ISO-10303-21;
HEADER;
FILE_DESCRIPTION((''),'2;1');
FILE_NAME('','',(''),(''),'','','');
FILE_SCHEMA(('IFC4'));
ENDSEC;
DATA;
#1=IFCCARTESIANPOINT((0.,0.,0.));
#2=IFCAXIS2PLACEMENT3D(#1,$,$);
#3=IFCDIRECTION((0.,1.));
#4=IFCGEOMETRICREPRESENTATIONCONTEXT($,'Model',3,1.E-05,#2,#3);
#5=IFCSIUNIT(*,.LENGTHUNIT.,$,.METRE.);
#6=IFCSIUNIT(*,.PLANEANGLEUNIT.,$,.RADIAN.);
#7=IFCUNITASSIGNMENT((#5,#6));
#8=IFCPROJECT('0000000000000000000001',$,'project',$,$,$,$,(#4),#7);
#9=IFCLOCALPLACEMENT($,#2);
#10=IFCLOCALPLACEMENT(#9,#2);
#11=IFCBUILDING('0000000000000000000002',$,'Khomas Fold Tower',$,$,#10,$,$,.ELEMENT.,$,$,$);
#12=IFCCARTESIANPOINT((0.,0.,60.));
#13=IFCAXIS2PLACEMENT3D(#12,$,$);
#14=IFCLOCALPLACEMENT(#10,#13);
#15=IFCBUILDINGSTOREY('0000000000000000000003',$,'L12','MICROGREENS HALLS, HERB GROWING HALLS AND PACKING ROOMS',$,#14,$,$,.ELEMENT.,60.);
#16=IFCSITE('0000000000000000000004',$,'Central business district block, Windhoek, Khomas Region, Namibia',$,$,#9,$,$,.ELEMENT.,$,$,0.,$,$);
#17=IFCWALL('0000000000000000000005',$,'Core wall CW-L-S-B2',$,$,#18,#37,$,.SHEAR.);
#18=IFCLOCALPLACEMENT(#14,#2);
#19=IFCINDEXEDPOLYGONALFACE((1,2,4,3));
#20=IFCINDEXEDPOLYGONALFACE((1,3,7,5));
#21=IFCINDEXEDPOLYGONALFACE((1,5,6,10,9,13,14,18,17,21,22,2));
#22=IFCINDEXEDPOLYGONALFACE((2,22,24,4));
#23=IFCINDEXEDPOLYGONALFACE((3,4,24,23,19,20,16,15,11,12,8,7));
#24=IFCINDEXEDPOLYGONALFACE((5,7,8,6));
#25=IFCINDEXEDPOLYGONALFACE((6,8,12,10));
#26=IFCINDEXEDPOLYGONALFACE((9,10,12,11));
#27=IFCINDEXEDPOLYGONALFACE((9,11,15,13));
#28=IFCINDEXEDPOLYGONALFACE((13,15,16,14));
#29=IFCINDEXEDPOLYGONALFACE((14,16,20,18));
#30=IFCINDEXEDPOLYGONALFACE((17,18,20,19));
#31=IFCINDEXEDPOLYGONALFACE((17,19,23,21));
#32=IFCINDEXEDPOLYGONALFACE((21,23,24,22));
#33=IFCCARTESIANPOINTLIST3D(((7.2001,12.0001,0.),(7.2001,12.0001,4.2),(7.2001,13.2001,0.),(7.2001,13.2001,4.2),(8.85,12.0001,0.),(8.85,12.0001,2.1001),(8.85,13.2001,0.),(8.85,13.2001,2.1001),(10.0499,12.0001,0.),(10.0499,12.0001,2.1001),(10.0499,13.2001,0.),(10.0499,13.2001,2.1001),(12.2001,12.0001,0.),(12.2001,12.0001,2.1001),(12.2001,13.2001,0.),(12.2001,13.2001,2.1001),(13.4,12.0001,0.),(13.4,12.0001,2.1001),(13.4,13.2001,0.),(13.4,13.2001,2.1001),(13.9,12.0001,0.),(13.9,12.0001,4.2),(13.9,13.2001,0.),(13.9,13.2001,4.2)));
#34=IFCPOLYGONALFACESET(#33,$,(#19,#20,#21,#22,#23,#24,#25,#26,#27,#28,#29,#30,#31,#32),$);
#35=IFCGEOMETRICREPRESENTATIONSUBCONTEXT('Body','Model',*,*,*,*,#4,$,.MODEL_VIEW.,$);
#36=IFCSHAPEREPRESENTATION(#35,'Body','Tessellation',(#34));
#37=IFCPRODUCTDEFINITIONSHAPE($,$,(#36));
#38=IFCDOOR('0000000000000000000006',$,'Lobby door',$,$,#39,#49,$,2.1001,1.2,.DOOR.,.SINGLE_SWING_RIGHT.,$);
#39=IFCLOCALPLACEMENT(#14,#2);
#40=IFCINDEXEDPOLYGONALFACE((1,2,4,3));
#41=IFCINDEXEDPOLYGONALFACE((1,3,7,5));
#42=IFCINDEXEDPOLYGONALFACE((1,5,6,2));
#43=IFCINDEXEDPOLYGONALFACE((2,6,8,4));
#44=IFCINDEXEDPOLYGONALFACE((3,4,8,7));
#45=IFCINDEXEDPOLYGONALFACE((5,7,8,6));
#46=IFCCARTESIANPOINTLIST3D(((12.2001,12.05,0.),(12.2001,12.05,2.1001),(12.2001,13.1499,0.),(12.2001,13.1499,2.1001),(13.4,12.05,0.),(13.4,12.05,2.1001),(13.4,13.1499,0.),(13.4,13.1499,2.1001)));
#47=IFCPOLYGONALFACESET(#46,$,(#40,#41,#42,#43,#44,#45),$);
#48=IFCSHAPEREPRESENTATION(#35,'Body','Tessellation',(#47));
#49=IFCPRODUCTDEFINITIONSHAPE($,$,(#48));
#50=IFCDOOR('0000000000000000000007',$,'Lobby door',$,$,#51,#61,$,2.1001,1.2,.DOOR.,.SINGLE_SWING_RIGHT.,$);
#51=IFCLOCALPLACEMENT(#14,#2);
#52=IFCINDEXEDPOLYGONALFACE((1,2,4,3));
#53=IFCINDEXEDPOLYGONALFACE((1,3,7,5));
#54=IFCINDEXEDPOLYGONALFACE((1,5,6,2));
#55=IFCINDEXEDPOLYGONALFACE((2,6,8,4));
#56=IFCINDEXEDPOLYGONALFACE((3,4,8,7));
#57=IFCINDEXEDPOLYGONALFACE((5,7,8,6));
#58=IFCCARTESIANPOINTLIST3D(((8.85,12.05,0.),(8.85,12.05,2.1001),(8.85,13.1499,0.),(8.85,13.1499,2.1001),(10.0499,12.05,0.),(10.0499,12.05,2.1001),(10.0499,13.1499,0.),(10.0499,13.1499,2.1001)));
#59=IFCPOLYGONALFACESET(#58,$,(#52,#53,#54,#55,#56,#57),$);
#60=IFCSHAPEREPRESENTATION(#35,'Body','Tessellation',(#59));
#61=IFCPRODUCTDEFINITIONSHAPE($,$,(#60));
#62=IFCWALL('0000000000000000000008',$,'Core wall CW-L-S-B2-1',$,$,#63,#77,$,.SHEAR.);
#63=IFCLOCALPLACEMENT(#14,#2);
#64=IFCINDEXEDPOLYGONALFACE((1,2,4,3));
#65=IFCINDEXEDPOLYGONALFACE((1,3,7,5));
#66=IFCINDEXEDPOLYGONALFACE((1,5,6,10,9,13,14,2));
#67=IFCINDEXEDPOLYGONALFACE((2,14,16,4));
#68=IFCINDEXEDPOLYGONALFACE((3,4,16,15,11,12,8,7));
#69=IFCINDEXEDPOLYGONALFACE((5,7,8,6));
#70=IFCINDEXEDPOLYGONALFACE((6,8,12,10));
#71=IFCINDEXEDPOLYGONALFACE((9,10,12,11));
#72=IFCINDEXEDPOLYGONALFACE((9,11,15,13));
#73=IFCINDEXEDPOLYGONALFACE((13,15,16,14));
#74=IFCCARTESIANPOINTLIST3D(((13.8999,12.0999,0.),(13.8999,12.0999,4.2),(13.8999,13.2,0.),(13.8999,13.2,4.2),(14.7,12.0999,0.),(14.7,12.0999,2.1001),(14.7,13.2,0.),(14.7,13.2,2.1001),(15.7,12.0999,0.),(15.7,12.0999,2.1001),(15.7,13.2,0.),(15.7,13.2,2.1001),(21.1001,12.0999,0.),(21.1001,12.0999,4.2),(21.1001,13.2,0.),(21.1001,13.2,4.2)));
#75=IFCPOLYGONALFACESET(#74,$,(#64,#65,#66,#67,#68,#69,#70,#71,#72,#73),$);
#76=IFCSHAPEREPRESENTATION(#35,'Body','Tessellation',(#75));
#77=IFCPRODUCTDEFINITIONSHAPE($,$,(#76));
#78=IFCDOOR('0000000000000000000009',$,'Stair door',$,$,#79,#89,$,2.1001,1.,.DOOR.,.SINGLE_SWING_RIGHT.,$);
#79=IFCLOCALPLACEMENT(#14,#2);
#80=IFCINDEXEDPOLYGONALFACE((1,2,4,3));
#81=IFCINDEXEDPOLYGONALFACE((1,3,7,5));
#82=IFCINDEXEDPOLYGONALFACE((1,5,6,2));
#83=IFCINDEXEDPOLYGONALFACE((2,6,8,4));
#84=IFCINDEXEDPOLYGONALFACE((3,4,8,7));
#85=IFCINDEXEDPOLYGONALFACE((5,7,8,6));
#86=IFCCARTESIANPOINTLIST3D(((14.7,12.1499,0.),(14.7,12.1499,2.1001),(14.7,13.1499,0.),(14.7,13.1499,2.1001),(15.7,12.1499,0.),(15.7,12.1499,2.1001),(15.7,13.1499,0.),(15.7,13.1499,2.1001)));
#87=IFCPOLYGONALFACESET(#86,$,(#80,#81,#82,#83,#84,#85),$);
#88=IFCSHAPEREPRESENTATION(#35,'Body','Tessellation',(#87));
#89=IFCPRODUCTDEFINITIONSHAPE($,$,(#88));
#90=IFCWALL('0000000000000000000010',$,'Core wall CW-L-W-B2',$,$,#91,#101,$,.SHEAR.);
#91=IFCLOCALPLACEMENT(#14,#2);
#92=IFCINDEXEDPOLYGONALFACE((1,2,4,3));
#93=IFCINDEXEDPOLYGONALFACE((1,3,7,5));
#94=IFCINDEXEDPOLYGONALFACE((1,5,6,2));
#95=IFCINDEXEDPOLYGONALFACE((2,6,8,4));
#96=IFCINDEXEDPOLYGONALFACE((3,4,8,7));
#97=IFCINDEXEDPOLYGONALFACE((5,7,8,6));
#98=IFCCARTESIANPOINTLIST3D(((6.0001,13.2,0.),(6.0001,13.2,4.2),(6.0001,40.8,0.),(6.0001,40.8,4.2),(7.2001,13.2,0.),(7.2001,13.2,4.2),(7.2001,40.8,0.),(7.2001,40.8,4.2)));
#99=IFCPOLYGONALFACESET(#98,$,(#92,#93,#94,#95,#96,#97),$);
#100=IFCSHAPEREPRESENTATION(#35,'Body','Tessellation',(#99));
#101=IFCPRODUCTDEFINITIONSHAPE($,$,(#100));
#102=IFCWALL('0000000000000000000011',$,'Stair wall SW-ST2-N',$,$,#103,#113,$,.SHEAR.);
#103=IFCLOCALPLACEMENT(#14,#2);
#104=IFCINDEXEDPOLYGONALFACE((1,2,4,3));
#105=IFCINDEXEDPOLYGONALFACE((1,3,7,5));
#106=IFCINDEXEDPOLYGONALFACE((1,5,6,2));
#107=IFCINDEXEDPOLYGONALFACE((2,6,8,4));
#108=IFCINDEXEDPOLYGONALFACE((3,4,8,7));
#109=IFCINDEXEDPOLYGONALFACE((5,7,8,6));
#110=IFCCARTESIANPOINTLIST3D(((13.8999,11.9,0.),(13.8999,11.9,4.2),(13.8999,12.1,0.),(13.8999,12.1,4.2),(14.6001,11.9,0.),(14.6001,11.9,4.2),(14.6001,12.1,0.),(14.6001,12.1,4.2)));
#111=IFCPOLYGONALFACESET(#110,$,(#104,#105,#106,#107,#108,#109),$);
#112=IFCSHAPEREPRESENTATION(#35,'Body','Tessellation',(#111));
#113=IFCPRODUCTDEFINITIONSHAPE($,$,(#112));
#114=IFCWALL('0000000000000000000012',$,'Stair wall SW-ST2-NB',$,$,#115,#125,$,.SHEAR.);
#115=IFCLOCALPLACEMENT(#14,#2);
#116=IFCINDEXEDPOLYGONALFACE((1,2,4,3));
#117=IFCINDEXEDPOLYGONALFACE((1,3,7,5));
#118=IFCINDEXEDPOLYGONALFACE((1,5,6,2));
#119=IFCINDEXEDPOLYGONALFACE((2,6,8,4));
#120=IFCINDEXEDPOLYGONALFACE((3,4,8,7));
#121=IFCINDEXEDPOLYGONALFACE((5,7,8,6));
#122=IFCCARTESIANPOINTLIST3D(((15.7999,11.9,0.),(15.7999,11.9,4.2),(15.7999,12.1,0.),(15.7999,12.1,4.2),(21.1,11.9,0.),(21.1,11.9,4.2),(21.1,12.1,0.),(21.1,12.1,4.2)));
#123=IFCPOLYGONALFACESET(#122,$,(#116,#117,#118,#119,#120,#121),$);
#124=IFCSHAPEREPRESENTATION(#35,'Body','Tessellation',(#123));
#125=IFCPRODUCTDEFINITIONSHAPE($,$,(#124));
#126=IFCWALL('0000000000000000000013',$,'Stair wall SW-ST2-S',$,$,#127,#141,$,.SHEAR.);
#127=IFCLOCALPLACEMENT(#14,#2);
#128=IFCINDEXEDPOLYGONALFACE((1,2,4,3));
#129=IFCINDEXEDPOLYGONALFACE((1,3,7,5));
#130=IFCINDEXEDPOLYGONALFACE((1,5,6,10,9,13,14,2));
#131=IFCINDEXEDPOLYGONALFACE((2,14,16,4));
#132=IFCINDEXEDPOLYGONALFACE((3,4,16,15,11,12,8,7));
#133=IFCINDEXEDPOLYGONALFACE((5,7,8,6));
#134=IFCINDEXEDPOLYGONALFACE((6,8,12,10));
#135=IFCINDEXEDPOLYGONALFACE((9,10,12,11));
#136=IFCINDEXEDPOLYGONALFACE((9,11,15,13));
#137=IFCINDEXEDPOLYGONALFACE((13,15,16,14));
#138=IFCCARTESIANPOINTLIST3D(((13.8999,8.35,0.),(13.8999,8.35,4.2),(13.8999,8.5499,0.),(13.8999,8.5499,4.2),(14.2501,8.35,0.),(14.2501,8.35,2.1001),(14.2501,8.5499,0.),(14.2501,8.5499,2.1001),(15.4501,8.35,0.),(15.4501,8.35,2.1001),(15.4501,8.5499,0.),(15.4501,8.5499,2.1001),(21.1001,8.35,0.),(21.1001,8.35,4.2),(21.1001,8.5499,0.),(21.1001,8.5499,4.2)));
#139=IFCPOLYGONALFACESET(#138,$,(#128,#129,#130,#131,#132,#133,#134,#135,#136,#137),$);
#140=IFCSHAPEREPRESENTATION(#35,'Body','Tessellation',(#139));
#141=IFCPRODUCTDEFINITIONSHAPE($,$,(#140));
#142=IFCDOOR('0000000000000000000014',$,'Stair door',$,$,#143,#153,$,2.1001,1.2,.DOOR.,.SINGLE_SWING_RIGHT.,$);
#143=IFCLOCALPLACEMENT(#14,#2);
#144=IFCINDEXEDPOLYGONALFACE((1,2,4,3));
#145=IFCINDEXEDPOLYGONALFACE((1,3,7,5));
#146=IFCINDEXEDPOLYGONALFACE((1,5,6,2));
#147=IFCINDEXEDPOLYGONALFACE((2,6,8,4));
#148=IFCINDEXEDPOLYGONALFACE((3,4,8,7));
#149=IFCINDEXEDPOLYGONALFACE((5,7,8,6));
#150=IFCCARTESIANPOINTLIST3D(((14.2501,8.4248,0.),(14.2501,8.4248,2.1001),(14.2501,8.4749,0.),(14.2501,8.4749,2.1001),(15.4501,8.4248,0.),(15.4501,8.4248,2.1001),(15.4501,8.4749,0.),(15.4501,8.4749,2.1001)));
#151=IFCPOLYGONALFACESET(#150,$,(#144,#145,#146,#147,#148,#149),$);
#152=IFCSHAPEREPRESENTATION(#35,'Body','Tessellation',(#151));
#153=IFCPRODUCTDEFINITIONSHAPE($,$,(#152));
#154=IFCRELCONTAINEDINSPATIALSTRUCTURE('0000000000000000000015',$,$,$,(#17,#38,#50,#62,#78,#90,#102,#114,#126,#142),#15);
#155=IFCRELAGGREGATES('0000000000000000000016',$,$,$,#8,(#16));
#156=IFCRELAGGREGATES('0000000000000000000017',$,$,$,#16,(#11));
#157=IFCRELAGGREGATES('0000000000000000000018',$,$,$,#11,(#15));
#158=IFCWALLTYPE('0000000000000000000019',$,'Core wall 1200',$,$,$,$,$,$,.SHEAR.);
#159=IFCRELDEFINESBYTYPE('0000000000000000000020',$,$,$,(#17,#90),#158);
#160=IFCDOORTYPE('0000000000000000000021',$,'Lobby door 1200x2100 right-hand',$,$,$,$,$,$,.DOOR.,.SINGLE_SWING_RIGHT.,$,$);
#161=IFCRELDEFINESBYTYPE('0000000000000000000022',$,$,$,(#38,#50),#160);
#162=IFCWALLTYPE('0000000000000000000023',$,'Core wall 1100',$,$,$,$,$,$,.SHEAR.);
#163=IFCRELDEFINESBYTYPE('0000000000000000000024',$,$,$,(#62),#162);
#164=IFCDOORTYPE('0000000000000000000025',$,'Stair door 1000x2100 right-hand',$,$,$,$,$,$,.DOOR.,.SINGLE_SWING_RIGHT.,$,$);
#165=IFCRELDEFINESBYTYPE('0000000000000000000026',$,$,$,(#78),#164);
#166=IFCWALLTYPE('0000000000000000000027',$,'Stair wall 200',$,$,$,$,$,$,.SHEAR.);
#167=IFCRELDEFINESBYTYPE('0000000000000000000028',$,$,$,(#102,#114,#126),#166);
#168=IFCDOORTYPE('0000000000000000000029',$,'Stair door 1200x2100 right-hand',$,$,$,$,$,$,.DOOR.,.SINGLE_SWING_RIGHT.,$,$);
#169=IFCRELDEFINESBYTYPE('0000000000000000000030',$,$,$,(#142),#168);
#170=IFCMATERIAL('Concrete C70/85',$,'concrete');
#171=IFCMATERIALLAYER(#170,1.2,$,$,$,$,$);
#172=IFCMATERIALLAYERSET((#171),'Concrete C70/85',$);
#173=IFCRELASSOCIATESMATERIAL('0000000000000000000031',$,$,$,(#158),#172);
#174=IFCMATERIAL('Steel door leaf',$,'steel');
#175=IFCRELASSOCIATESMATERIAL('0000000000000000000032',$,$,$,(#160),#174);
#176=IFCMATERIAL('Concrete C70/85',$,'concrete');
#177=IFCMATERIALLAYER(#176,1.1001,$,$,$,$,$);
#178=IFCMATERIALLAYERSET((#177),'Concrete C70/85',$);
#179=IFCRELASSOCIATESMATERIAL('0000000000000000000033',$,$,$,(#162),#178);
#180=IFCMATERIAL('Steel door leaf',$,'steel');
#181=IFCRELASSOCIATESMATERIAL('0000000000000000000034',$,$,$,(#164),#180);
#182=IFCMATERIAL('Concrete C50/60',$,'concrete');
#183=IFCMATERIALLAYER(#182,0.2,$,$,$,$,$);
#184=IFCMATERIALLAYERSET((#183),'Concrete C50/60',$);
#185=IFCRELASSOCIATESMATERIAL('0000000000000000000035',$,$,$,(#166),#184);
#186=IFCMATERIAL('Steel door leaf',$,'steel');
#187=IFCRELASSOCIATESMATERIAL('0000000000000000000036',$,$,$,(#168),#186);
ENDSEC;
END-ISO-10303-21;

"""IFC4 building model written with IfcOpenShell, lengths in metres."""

from ifc_helpers import new_model, si_unit, direction, frame, frame_2d, origin, place, context, subcontext, project, spatial, rectangle, extrude, source, transform, mapped, material, layer, layer_set, type_object, element, fill, save


model = new_model("IFC4")

# Units and contexts
model_context = context("Model", 3, precision=1e-05, world=origin(), true_north=direction((0.0, 1.0)))
body_context = subcontext(model_context, "Body", "Model", "MODEL_VIEW")
ifc_project = project(units=[si_unit("LENGTHUNIT", "METRE"), si_unit("PLANEANGLEUNIT", "RADIAN")], contexts=[model_context])

# Site, building, storey
site_placement = place(None, origin())
site = spatial("IfcSite", under=ifc_project, at=site_placement, Name="Central business district block, Windhoek, Khomas Region, Namibia", CompositionType="ELEMENT", RefElevation=0.0)
building_placement = place(site_placement, origin())
building = spatial("IfcBuilding", under=site, at=building_placement, Name="Khomas Fold Tower", CompositionType="ELEMENT")
storey_placement = place(building_placement, frame((0.0, 0.0, 60.0)))
storey = spatial("IfcBuildingStorey", under=building, at=storey_placement, Name="L12", Description="MICROGREENS HALLS, HERB GROWING HALLS AND PACKING ROOMS", CompositionType="ELEMENT", Elevation=60.0)

# Wall, openings, doors
ifc_material_1 = material(Name="Concrete C70/85", Category="concrete")
ifc_layer_1 = layer(ifc_material_1, 1.2)
ifc_layer_set_1 = layer_set([ifc_layer_1], Name="Concrete C70/85")
wall_type_1 = type_object("IfcWallType", Name="Core wall 1200", PredefinedType="SHEAR", material=ifc_layer_set_1)
shared_shape_1 = source(origin(), body_context, "Body", "SweptSolid", [
    extrude(rectangle(XDim=6.7, YDim=1.2, at=frame_2d((3.3501, 0.0))), origin(), (0.0, 0.0, 1.0), 4.2),
])
wall_1_placement = place(storey_placement, frame((7.2, 12.6001, 0.0), z_axis=(0.0, 0.0, 1.0), x_axis=(1.0, 0.0, 0.0)))
wall_1 = element("IfcWall", 1, at=wall_1_placement, inside=storey, type_object=wall_type_1, Name="Core wall CW-L-S-B2", PredefinedType="SHEAR", context=body_context, shape_type="MappedRepresentation", body=[
    mapped(shared_shape_1, transform((0.0, 0.0, 0.0))),
])
shared_shape_2 = source(origin(), body_context, "Body", "SweptSolid", [
    extrude(rectangle(XDim=1.2, YDim=2.1001, at=frame_2d((0.6001, 1.05))), frame((0.0, 0.6099, 0.0), z_axis=(0.0, -1.0, 0.0), x_axis=(1.0, 0.0, 0.0)), (0.0, 0.0, 1.0), 1.22),
])
opening_1_placement = place(wall_1_placement, frame((5.0, 0.0, 0.0)))
opening_1 = element("IfcOpeningElement", 2, at=opening_1_placement, cuts=wall_1, PredefinedType="OPENING", context=body_context, shape_type="MappedRepresentation", body=[
    mapped(shared_shape_2, transform((0.0, 0.0, 0.0))),
])
opening_2_placement = place(wall_1_placement, frame((1.6499, 0.0, 0.0)))
opening_2 = element("IfcOpeningElement", 3, at=opening_2_placement, cuts=wall_1, PredefinedType="OPENING", context=body_context, shape_type="MappedRepresentation", body=[
    mapped(shared_shape_2, transform((0.0, 0.0, 0.0))),
])
ifc_material_2 = material(Name="Steel door leaf", Category="steel")
door_type_1 = type_object("IfcDoorType", Name="Lobby door 1200x2100 right-hand", OperationType="SINGLE_SWING_RIGHT", PredefinedType="DOOR", material=ifc_material_2)
shared_shape_3 = source(origin(), body_context, "Body", "SweptSolid", [
    extrude(rectangle(XDim=1.2, YDim=2.1001, at=frame_2d((0.6001, 1.05))), frame((0.0, 0.5498, 0.0), z_axis=(0.0, -1.0, 0.0), x_axis=(1.0, 0.0, 0.0)), (0.0, 0.0, 1.0), 1.0999),
])
door_1_placement = place(opening_1_placement, origin())
door_1 = element("IfcDoor", 4, at=door_1_placement, inside=storey, type_object=door_type_1, Name="Lobby door", OperationType="SINGLE_SWING_RIGHT", OverallHeight=2.1001, OverallWidth=1.2, PredefinedType="DOOR", context=body_context, shape_type="MappedRepresentation", body=[
    mapped(shared_shape_3, transform((0.0, 0.0, 0.0))),
])
fill(opening_1, door_1)
door_2_placement = place(opening_2_placement, origin())
door_2 = element("IfcDoor", 5, at=door_2_placement, inside=storey, type_object=door_type_1, Name="Lobby door", OperationType="SINGLE_SWING_RIGHT", OverallHeight=2.1001, OverallWidth=1.2, PredefinedType="DOOR", context=body_context, shape_type="MappedRepresentation", body=[
    mapped(shared_shape_3, transform((0.0, 0.0, 0.0))),
])
fill(opening_2, door_2)

# Wall, opening, door
ifc_material_3 = material(Name="Concrete C70/85", Category="concrete")
ifc_layer_2 = layer(ifc_material_3, 1.1001)
ifc_layer_set_2 = layer_set([ifc_layer_2], Name="Concrete C70/85")
wall_type_2 = type_object("IfcWallType", Name="Core wall 1100", PredefinedType="SHEAR", material=ifc_layer_set_2)
shared_shape_4 = source(origin(), body_context, "Body", "SweptSolid", [
    extrude(rectangle(XDim=7.2002, YDim=1.1001, at=frame_2d((3.6001, 0.0))), origin(), (0.0, 0.0, 1.0), 4.2),
])
wall_2_placement = place(storey_placement, frame((13.8999, 12.6499, 0.0), z_axis=(0.0, 0.0, 1.0), x_axis=(1.0, 0.0, 0.0)))
wall_2 = element("IfcWall", 6, at=wall_2_placement, inside=storey, type_object=wall_type_2, Name="Core wall CW-L-S-B2-1", PredefinedType="SHEAR", context=body_context, shape_type="MappedRepresentation", body=[
    mapped(shared_shape_4, transform((0.0, 0.0, 0.0))),
])
shared_shape_5 = source(origin(), body_context, "Body", "SweptSolid", [
    extrude(rectangle(XDim=1.0, YDim=2.1001, at=frame_2d((0.5, 1.05))), frame((0.0, 0.5601, 0.0), z_axis=(0.0, -1.0, 0.0), x_axis=(1.0, 0.0, 0.0)), (0.0, 0.0, 1.0), 1.1201),
])
opening_3_placement = place(wall_2_placement, frame((0.8, 0.0, 0.0)))
opening_3 = element("IfcOpeningElement", 7, at=opening_3_placement, cuts=wall_2, PredefinedType="OPENING", context=body_context, shape_type="MappedRepresentation", body=[
    mapped(shared_shape_5, transform((0.0, 0.0, 0.0))),
])
ifc_material_4 = material(Name="Steel door leaf", Category="steel")
door_type_2 = type_object("IfcDoorType", Name="Stair door 1000x2100 right-hand", OperationType="SINGLE_SWING_RIGHT", PredefinedType="DOOR", material=ifc_material_4)
shared_shape_6 = source(origin(), body_context, "Body", "SweptSolid", [
    extrude(rectangle(XDim=1.0, YDim=2.1001, at=frame_2d((0.5, 1.05))), frame((0.0, 0.5, 0.0), z_axis=(0.0, -1.0, 0.0), x_axis=(1.0, 0.0, 0.0)), (0.0, 0.0, 1.0), 1.0),
])
door_3_placement = place(opening_3_placement, origin())
door_3 = element("IfcDoor", 8, at=door_3_placement, inside=storey, type_object=door_type_2, Name="Stair door", OperationType="SINGLE_SWING_RIGHT", OverallHeight=2.1001, OverallWidth=1.0, PredefinedType="DOOR", context=body_context, shape_type="MappedRepresentation", body=[
    mapped(shared_shape_6, transform((0.0, 0.0, 0.0))),
])
fill(opening_3, door_3)

# Walls
shared_shape_7 = source(origin(), body_context, "Body", "SweptSolid", [
    extrude(rectangle(XDim=27.6001, YDim=1.2, at=frame_2d((13.8, 0.0))), origin(), (0.0, 0.0, 1.0), 4.2),
])
wall_3_placement = place(storey_placement, frame((6.6001, 13.2, 0.0), z_axis=(0.0, 0.0, 1.0), x_axis=(0.0, 1.0, 0.0)))
element("IfcWall", 9, at=wall_3_placement, inside=storey, type_object=wall_type_1, Name="Core wall CW-L-W-B2", PredefinedType="SHEAR", context=body_context, shape_type="MappedRepresentation", body=[
    mapped(shared_shape_7, transform((0.0, 0.0, 0.0))),
])
ifc_material_5 = material(Name="Concrete C50/60", Category="concrete")
ifc_layer_3 = layer(ifc_material_5, 0.2)
ifc_layer_set_3 = layer_set([ifc_layer_3], Name="Concrete C50/60")
wall_type_3 = type_object("IfcWallType", Name="Stair wall 200", PredefinedType="SHEAR", material=ifc_layer_set_3)
shared_shape_8 = source(origin(), body_context, "Body", "SweptSolid", [
    extrude(rectangle(XDim=0.7002, YDim=0.2, at=frame_2d((0.3501, 0.0))), origin(), (0.0, 0.0, 1.0), 4.2),
])
wall_4_placement = place(storey_placement, frame((13.8999, 12.0, 0.0), z_axis=(0.0, 0.0, 1.0), x_axis=(1.0, 0.0, 0.0)))
element("IfcWall", 10, at=wall_4_placement, inside=storey, type_object=wall_type_3, Name="Stair wall SW-ST2-N", PredefinedType="SHEAR", context=body_context, shape_type="MappedRepresentation", body=[
    mapped(shared_shape_8, transform((0.0, 0.0, 0.0))),
])
shared_shape_9 = source(origin(), body_context, "Body", "SweptSolid", [
    extrude(rectangle(XDim=5.3, YDim=0.2, at=frame_2d((2.6499, 0.0))), origin(), (0.0, 0.0, 1.0), 4.2),
])
wall_5_placement = place(storey_placement, frame((15.8, 12.0, 0.0), z_axis=(0.0, 0.0, 1.0), x_axis=(1.0, 0.0, 0.0)))
element("IfcWall", 11, at=wall_5_placement, inside=storey, type_object=wall_type_3, Name="Stair wall SW-ST2-NB", PredefinedType="SHEAR", context=body_context, shape_type="MappedRepresentation", body=[
    mapped(shared_shape_9, transform((0.0, 0.0, 0.0))),
])

# Wall, opening, door
shared_shape_10 = source(origin(), body_context, "Body", "SweptSolid", [
    extrude(rectangle(XDim=7.2002, YDim=0.2, at=frame_2d((3.6001, 0.0))), origin(), (0.0, 0.0, 1.0), 4.2),
])
wall_6_placement = place(storey_placement, frame((13.8999, 8.45, 0.0), z_axis=(0.0, 0.0, 1.0), x_axis=(1.0, 0.0, 0.0)))
wall_6 = element("IfcWall", 12, at=wall_6_placement, inside=storey, type_object=wall_type_3, Name="Stair wall SW-ST2-S", PredefinedType="SHEAR", context=body_context, shape_type="MappedRepresentation", body=[
    mapped(shared_shape_10, transform((0.0, 0.0, 0.0))),
])
shared_shape_11 = source(origin(), body_context, "Body", "SweptSolid", [
    extrude(rectangle(XDim=1.2, YDim=2.1001, at=frame_2d((0.6001, 1.05))), frame((0.0, 0.1099, 0.0), z_axis=(0.0, -1.0, 0.0), x_axis=(1.0, 0.0, 0.0)), (0.0, 0.0, 1.0), 0.22),
])
opening_4_placement = place(wall_6_placement, frame((0.3501, 0.0, 0.0)))
opening_4 = element("IfcOpeningElement", 13, at=opening_4_placement, cuts=wall_6, PredefinedType="OPENING", context=body_context, shape_type="MappedRepresentation", body=[
    mapped(shared_shape_11, transform((0.0, 0.0, 0.0))),
])
ifc_material_6 = material(Name="Steel door leaf", Category="steel")
door_type_3 = type_object("IfcDoorType", Name="Stair door 1200x2100 right-hand", OperationType="SINGLE_SWING_RIGHT", PredefinedType="DOOR", material=ifc_material_6)
shared_shape_12 = source(origin(), body_context, "Body", "SweptSolid", [
    extrude(rectangle(XDim=1.2, YDim=2.1001, at=frame_2d((0.6001, 1.05))), frame((0.0, 0.0249, 0.0), z_axis=(0.0, -1.0, 0.0), x_axis=(1.0, 0.0, 0.0)), (0.0, 0.0, 1.0), 0.05),
])
door_4_placement = place(opening_4_placement, origin())
door_4 = element("IfcDoor", 14, at=door_4_placement, inside=storey, type_object=door_type_3, Name="Stair door", OperationType="SINGLE_SWING_RIGHT", OverallHeight=2.1001, OverallWidth=1.2, PredefinedType="DOOR", context=body_context, shape_type="MappedRepresentation", body=[
    mapped(shared_shape_12, transform((0.0, 0.0, 0.0))),
])
fill(opening_4, door_4)

save(model, "model.ifc")
